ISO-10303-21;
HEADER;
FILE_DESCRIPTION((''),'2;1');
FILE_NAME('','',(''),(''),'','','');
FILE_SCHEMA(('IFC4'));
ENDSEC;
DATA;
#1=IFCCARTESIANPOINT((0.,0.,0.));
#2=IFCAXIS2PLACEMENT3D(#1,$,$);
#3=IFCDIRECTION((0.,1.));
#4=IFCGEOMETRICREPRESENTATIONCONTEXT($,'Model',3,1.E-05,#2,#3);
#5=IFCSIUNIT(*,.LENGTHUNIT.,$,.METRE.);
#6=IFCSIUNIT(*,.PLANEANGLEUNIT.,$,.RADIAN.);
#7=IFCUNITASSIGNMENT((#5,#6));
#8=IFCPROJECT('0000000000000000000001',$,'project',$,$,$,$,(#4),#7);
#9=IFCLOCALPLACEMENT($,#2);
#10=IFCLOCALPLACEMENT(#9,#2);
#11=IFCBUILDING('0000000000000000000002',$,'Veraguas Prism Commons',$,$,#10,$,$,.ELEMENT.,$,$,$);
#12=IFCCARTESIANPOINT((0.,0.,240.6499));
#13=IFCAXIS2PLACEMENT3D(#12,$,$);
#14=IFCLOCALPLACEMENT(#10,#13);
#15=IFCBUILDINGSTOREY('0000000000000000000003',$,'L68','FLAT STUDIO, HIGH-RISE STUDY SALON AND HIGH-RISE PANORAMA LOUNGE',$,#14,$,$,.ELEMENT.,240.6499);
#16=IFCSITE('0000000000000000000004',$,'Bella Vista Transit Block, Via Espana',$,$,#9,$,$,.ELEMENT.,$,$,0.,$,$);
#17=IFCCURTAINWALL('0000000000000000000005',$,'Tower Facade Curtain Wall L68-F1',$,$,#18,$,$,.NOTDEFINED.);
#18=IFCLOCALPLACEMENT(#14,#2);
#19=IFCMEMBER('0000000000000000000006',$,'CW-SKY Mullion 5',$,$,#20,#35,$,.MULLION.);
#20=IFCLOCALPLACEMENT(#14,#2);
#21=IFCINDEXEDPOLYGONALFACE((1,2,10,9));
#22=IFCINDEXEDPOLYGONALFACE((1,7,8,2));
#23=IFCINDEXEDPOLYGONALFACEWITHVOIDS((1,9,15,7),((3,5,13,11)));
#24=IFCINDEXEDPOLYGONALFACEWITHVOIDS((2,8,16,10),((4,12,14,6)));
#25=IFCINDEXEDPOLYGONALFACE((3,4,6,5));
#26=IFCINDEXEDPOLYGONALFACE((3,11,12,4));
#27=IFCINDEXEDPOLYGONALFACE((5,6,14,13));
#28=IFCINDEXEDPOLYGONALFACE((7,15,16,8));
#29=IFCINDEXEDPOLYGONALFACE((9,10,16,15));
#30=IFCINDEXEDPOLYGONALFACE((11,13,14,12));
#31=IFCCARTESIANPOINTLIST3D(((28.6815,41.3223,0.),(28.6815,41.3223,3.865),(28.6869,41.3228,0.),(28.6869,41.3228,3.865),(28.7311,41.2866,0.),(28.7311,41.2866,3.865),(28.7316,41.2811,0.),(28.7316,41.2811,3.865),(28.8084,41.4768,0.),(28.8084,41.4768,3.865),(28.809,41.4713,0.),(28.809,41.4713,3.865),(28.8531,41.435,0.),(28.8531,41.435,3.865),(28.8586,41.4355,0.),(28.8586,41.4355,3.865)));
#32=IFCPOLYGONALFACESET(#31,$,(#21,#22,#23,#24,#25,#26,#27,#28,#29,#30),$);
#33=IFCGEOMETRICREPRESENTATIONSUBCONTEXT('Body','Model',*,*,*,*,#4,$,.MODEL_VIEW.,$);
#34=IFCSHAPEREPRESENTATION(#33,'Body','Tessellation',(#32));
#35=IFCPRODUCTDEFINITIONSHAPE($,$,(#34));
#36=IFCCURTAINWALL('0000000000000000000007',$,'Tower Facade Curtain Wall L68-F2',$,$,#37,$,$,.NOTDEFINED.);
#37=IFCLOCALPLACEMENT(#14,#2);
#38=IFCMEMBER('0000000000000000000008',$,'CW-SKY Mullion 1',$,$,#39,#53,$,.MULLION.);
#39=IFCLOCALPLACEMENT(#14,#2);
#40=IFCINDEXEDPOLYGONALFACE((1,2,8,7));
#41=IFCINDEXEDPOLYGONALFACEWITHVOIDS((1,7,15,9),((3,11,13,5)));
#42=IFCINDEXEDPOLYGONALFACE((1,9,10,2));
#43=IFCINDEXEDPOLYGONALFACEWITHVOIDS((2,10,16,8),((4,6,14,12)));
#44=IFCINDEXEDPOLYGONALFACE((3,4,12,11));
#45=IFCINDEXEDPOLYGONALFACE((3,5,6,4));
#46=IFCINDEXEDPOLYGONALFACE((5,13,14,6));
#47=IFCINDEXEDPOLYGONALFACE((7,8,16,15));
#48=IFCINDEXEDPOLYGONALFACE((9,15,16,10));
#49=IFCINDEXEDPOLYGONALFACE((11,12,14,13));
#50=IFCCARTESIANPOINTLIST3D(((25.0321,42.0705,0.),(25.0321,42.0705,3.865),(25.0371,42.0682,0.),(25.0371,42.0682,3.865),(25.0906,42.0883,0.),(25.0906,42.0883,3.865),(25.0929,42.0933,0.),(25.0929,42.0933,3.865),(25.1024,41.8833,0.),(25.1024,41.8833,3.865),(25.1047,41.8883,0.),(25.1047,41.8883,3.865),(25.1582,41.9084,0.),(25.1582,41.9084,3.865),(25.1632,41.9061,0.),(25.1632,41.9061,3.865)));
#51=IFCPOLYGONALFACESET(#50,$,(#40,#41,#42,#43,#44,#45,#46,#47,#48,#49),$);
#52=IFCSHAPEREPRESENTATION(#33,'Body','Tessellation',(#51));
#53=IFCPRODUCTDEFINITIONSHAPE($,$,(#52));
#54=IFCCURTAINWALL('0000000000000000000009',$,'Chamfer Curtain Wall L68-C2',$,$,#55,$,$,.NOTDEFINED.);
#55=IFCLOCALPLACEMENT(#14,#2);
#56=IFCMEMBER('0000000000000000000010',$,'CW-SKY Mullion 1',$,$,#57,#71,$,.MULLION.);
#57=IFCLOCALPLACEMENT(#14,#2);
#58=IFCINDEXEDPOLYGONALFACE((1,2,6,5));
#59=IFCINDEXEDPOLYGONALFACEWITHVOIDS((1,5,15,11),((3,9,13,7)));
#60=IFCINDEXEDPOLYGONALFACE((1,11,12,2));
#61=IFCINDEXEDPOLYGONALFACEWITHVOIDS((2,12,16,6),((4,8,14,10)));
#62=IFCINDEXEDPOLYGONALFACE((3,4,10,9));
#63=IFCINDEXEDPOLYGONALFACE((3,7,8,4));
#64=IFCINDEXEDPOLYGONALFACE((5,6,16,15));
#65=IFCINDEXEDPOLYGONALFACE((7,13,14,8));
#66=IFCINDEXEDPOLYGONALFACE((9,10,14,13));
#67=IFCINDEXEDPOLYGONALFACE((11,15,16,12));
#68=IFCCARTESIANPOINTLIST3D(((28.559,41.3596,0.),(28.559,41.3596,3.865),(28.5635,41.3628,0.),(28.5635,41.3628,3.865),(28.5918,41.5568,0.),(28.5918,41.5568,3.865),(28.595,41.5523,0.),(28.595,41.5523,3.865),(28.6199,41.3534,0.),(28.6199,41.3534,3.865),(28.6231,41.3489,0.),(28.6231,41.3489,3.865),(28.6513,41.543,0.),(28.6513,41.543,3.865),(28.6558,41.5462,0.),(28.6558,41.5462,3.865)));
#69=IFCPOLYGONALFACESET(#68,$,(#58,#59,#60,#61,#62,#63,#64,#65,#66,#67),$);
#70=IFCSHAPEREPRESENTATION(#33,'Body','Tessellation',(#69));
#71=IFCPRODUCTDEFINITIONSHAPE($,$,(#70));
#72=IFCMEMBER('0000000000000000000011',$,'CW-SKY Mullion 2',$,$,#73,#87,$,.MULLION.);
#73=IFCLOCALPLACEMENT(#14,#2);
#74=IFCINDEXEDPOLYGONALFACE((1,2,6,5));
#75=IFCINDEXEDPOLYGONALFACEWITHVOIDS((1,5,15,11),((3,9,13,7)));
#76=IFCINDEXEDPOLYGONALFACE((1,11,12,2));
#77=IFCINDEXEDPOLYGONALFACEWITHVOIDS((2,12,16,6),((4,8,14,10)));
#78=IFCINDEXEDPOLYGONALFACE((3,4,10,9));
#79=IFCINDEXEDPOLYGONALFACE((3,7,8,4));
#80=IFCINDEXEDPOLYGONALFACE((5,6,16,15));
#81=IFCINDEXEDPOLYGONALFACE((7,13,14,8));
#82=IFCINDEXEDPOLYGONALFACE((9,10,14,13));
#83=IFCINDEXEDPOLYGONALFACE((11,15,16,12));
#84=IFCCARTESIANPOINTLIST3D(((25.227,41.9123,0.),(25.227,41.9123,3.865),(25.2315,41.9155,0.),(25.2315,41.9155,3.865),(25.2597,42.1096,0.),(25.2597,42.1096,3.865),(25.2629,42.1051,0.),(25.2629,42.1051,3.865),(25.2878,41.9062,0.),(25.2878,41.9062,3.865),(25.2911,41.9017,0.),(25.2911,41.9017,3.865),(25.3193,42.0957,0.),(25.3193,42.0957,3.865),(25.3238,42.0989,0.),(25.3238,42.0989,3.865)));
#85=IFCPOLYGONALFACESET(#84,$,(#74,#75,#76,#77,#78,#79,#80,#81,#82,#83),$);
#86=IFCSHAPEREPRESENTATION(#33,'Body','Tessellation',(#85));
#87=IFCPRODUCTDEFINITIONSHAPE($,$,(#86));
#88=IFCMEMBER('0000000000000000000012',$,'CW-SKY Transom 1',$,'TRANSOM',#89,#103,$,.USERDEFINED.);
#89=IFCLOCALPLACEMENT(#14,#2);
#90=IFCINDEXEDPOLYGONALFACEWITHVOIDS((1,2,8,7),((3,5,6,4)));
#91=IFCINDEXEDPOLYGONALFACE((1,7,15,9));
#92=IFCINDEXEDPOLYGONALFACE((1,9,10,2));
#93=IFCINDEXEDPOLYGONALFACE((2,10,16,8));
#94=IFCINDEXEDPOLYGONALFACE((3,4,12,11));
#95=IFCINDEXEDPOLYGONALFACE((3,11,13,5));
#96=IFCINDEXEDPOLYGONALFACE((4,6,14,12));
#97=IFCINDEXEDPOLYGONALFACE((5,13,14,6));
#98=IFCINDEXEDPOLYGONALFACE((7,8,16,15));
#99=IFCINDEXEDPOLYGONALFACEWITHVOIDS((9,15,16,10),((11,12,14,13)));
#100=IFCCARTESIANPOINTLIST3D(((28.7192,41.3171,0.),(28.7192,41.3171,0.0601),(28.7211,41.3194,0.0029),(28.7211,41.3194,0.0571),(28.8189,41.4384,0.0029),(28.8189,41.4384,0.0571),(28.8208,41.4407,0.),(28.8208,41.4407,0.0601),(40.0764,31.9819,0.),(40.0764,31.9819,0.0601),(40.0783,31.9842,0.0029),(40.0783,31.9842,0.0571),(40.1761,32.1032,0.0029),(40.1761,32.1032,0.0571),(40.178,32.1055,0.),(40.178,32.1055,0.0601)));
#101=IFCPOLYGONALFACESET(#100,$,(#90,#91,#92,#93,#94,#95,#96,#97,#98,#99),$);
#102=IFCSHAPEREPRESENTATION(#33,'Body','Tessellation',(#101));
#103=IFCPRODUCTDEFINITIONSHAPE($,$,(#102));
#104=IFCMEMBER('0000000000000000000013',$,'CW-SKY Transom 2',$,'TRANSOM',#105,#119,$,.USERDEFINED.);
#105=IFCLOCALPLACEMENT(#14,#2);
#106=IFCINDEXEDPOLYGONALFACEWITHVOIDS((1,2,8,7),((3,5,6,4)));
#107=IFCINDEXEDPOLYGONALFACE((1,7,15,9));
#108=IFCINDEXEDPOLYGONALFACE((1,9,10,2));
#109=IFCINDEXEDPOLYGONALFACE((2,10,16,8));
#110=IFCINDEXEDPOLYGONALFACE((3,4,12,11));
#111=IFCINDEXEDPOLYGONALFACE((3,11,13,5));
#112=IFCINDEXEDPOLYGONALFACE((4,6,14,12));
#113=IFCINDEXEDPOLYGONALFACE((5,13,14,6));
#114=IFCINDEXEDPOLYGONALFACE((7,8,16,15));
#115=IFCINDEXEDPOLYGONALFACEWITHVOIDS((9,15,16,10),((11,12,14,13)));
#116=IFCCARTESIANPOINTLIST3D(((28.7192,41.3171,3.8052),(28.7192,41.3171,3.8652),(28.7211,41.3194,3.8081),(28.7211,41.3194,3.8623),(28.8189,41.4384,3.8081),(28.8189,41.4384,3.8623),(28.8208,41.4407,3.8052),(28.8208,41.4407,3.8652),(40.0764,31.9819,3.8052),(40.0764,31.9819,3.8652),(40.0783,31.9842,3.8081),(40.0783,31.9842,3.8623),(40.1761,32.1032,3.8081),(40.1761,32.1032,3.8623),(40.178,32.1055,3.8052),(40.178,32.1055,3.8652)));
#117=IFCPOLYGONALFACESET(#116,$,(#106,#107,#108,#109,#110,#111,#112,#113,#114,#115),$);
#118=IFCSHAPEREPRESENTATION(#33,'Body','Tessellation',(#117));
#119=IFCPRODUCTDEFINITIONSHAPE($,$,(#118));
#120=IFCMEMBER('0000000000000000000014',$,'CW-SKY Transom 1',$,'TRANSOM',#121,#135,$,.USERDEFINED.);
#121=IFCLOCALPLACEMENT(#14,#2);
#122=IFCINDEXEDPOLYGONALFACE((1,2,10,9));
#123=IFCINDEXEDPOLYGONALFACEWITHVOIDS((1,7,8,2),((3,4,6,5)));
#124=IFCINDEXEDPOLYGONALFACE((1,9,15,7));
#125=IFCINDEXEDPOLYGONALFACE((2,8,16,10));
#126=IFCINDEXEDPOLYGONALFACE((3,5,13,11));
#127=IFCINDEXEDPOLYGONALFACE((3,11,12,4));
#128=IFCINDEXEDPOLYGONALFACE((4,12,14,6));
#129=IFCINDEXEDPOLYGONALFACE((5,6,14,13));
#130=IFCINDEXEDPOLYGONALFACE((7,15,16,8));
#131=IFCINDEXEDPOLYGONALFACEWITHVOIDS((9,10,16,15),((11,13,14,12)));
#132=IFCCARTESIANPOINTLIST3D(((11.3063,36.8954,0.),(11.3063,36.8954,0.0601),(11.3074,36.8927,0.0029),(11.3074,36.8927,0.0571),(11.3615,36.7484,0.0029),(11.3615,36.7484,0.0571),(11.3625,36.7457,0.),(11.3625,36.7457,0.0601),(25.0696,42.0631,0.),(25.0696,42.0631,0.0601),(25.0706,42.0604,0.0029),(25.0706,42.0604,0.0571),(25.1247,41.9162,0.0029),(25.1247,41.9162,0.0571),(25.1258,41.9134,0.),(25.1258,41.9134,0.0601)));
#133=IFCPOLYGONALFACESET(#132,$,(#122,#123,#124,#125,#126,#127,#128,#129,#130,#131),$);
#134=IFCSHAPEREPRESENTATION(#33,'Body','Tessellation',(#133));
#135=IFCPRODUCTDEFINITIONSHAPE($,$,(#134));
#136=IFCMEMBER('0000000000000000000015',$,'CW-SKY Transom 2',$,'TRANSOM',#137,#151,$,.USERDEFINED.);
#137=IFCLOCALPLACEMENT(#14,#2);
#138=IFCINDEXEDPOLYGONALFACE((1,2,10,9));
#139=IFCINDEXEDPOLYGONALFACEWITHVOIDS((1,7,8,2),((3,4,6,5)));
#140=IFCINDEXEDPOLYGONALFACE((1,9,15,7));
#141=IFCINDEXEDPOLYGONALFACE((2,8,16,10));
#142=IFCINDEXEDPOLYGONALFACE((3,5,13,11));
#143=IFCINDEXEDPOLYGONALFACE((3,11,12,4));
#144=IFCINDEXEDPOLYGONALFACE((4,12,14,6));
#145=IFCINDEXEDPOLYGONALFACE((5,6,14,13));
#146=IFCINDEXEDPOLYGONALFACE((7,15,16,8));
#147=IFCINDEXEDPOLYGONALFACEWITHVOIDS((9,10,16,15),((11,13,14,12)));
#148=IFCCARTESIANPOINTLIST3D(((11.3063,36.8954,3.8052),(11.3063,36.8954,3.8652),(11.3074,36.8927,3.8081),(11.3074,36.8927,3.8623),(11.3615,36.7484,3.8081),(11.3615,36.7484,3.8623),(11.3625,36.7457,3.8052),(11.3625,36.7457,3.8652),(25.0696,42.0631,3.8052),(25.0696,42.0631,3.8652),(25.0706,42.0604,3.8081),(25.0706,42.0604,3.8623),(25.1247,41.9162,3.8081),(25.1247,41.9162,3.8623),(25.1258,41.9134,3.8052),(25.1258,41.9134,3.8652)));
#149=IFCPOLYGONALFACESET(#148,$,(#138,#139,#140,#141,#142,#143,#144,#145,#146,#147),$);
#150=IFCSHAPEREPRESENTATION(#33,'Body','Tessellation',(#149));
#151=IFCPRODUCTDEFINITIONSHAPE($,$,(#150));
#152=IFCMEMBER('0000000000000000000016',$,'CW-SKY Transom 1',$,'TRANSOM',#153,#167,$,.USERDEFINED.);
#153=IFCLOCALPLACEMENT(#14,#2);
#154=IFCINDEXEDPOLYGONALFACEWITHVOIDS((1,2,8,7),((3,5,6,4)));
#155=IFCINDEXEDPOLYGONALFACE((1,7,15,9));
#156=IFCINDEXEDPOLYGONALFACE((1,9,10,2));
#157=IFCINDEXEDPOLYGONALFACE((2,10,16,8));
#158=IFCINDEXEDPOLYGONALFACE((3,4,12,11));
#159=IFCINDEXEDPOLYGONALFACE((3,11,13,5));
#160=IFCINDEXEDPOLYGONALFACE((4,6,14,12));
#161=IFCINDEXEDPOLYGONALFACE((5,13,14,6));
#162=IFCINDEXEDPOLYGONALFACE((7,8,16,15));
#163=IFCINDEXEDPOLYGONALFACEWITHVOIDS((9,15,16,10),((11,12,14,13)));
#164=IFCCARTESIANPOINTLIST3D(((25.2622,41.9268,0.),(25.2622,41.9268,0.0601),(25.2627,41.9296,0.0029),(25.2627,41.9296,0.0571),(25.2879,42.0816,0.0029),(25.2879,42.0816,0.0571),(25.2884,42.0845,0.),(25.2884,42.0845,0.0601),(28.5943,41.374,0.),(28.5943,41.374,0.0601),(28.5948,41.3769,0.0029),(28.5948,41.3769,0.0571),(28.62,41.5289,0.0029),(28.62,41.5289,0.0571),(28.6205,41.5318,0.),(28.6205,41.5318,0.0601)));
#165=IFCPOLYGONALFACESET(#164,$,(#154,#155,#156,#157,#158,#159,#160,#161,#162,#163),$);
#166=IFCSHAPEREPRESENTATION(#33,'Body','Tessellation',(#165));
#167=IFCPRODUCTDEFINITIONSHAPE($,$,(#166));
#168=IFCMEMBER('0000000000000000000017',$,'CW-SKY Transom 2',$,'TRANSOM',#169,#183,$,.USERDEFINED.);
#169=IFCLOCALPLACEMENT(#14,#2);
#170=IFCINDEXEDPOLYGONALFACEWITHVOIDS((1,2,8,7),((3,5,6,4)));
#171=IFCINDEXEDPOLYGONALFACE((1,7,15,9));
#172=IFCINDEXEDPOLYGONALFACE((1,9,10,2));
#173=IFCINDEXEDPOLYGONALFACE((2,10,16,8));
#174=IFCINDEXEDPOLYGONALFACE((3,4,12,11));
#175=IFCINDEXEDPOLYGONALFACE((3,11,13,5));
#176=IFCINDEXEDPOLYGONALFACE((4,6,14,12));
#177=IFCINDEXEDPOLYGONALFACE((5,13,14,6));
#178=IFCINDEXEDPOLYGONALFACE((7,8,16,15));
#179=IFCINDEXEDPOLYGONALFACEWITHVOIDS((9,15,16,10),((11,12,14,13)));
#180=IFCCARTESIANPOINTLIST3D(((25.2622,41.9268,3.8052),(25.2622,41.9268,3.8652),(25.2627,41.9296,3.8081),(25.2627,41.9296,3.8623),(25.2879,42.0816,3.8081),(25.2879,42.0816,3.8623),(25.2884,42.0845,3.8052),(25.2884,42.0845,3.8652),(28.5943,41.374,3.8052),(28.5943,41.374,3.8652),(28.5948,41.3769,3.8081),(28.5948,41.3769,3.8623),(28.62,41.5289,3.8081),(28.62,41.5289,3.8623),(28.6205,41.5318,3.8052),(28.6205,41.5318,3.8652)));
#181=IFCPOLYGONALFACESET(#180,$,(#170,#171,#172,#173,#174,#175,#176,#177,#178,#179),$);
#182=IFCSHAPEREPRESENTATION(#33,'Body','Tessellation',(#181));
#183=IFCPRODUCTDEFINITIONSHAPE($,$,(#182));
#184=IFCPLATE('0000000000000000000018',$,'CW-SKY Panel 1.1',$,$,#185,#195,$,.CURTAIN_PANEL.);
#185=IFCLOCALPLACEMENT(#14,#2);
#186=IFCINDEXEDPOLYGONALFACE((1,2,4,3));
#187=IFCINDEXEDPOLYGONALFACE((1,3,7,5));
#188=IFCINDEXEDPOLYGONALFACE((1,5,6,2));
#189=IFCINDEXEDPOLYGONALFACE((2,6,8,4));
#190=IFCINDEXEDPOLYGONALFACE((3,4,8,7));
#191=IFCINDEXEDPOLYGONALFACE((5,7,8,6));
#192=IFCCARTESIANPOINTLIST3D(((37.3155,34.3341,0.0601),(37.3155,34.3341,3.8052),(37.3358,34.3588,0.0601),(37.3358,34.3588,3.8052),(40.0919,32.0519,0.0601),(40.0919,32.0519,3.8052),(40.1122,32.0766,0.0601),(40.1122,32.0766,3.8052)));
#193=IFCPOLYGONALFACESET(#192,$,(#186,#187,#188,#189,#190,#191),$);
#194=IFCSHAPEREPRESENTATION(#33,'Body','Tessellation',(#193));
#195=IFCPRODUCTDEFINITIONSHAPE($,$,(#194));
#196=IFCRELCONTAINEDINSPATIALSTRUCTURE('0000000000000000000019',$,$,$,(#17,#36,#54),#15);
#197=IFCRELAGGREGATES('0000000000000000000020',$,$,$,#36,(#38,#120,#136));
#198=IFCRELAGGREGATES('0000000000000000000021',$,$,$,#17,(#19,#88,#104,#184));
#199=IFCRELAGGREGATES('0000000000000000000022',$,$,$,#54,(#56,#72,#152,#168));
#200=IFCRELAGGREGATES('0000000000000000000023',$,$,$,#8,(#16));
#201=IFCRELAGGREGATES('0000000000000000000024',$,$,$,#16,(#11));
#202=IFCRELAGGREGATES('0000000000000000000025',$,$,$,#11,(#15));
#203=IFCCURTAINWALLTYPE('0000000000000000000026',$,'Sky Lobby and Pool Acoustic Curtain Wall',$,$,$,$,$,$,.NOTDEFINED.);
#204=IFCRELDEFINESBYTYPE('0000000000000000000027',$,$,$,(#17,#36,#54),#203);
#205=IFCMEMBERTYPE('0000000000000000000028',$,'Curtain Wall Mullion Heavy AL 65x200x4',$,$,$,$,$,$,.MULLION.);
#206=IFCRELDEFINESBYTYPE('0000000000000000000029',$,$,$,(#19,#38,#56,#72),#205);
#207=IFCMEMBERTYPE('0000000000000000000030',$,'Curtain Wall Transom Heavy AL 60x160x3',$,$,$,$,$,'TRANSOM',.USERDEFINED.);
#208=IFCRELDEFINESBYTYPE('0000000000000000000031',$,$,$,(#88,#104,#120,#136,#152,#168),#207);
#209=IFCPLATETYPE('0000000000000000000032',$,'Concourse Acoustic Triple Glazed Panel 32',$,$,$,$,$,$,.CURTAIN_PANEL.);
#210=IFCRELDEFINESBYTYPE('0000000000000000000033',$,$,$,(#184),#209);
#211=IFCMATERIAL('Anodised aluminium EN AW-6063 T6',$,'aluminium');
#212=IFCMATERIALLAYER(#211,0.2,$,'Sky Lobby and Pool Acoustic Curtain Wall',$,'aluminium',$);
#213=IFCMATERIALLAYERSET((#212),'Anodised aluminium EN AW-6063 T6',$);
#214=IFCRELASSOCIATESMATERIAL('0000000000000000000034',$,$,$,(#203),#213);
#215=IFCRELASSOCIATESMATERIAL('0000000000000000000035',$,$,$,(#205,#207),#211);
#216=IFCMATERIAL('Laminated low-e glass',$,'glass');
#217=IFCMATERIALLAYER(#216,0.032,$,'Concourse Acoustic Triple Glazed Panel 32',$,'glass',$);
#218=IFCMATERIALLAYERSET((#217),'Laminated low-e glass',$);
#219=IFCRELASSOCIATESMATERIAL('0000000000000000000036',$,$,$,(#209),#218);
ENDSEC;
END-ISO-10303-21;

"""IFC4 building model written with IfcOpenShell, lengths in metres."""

from ifc_helpers import new_model, si_unit, direction, frame, origin, origin_2d, place, context, subcontext, project, spatial, rectangle, hollow_rectangle, extrude, source, transform, mapped, material, layer, layer_set, material_profile, profile_set, type_object, element, aggregate, save


model = new_model("IFC4")

# Units and contexts
model_context = context("Model", 3, precision=1e-05, world=origin(), true_north=direction((0.0, 1.0)))
body_context = subcontext(model_context, "Body", "Model", "MODEL_VIEW")
ifc_project = project(units=[si_unit("LENGTHUNIT", "METRE"), si_unit("PLANEANGLEUNIT", "RADIAN")], contexts=[model_context])

# Site, building, storey
site_placement = place(None, origin())
site = spatial("IfcSite", under=ifc_project, at=site_placement, Name="Bella Vista Transit Block, Via Espana", CompositionType="ELEMENT", RefElevation=0.0)
building_placement = place(site_placement, origin())
building = spatial("IfcBuilding", under=site, at=building_placement, Name="Veraguas Prism Commons", CompositionType="ELEMENT")
storey_placement = place(building_placement, frame((0.0, 0.0, 240.6499)))
storey = spatial("IfcBuildingStorey", under=building, at=storey_placement, Name="L68", Description="FLAT STUDIO, HIGH-RISE STUDY SALON AND HIGH-RISE PANORAMA LOUNGE", CompositionType="ELEMENT", Elevation=240.6499)

# Curtain wall, member
ifc_material_1 = material(Name="Anodised aluminium EN AW-6063 T6", Category="aluminium")
ifc_layer_1 = layer(ifc_material_1, 0.2, Name="Sky Lobby and Pool Acoustic Curtain Wall", Category="aluminium")
ifc_layer_set_1 = layer_set([ifc_layer_1], Name="Anodised aluminium EN AW-6063 T6")
curtain_wall_type = type_object("IfcCurtainWallType", Name="Sky Lobby and Pool Acoustic Curtain Wall", PredefinedType="NOTDEFINED", material=ifc_layer_set_1)
curtain_wall_1_placement = place(storey_placement, origin())
curtain_wall_1 = element("IfcCurtainWall", 1, at=curtain_wall_1_placement, inside=storey, type_object=curtain_wall_type, Name="Tower Facade Curtain Wall L68-F1", PredefinedType="NOTDEFINED")
ifc_material_profile_1 = material_profile(ifc_material_1, hollow_rectangle(XDim=0.0649, YDim=0.2, WallThickness=0.0039, at=origin_2d()), Name="AL65X200X4")
ifc_profile_set_1 = profile_set([ifc_material_profile_1], Name="Anodised aluminium EN AW-6063 T6")
member_type_1 = type_object("IfcMemberType", Name="Curtain Wall Mullion Heavy AL 65x200x4", PredefinedType="MULLION", material=ifc_profile_set_1)
shared_shape_1 = source(origin(), body_context, "Body", "SweptSolid", [
    extrude(hollow_rectangle(XDim=0.0649, YDim=0.2, WallThickness=0.0039, at=origin_2d()), origin(), (0.0, 0.0, 1.0), 3.865),
])
member_1_placement = place(storey_placement, frame((28.77, 41.3789, 0.0), z_axis=(0.0, 0.0, 1.0), x_axis=(-0.772514, 0.634998, 0.0)))
member_1 = element("IfcMember", 2, at=member_1_placement, type_object=member_type_1, Name="CW-SKY Mullion 5", PredefinedType="MULLION", context=body_context, shape_type="MappedRepresentation", body=[
    mapped(shared_shape_1, transform((0.0, 0.0, 0.0), scale=1.0)),
])

# Curtain wall, member
curtain_wall_2_placement = place(storey_placement, origin())
curtain_wall_2 = element("IfcCurtainWall", 3, at=curtain_wall_2_placement, inside=storey, type_object=curtain_wall_type, Name="Tower Facade Curtain Wall L68-F2", PredefinedType="NOTDEFINED")
member_2_placement = place(storey_placement, frame((25.0977, 41.9883, 0.0), z_axis=(0.0, 0.0, 1.0), x_axis=(-0.936182, -0.351515, 0.0)))
member_2 = element("IfcMember", 4, at=member_2_placement, type_object=member_type_1, Name="CW-SKY Mullion 1", PredefinedType="MULLION", context=body_context, shape_type="MappedRepresentation", body=[
    mapped(shared_shape_1, transform((0.0, 0.0, 0.0), scale=1.0)),
])

# Curtain wall, members
curtain_wall_3_placement = place(storey_placement, origin())
curtain_wall_3 = element("IfcCurtainWall", 5, at=curtain_wall_3_placement, inside=storey, type_object=curtain_wall_type, Name="Chamfer Curtain Wall L68-C2", PredefinedType="NOTDEFINED")
member_3_placement = place(storey_placement, frame((28.6074, 41.4529, 0.0), z_axis=(0.0, 0.0, 1.0), x_axis=(-0.986511, 0.163693, 0.0)))
member_3 = element("IfcMember", 6, at=member_3_placement, type_object=member_type_1, Name="CW-SKY Mullion 1", PredefinedType="MULLION", context=body_context, shape_type="MappedRepresentation", body=[
    mapped(shared_shape_1, transform((0.0, 0.0, 0.0), scale=1.0)),
])
member_4_placement = place(storey_placement, frame((25.2754, 42.0056, 0.0), z_axis=(0.0, 0.0, 1.0), x_axis=(-0.986511, 0.163693, 0.0)))
member_4 = element("IfcMember", 7, at=member_4_placement, type_object=member_type_1, Name="CW-SKY Mullion 2", PredefinedType="MULLION", context=body_context, shape_type="MappedRepresentation", body=[
    mapped(shared_shape_1, transform((0.0, 0.0, 0.0), scale=1.0)),
])

# Members
ifc_material_profile_2 = material_profile(ifc_material_1, hollow_rectangle(XDim=0.0601, YDim=0.1599, WallThickness=0.0029, at=origin_2d()), Name="AL60X160X3")
ifc_profile_set_2 = profile_set([ifc_material_profile_2], Name="Anodised aluminium EN AW-6063 T6")
member_type_2 = type_object("IfcMemberType", Name="Curtain Wall Transom Heavy AL 60x160x3", ElementType="TRANSOM", PredefinedType="USERDEFINED", material=ifc_profile_set_2)
shared_shape_2 = source(origin(), body_context, "Body", "SweptSolid", [
    extrude(hollow_rectangle(XDim=0.0601, YDim=0.1599, WallThickness=0.0029, at=origin_2d()), origin(), (0.0, 0.0, 1.0), 14.7014),
])
member_5_placement = place(storey_placement, frame((40.1272, 32.0437, 0.03), z_axis=(-0.772523, 0.634987, 0.0), x_axis=(0.0, 0.0, 1.0)))
member_5 = element("IfcMember", 8, at=member_5_placement, type_object=member_type_2, Name="CW-SKY Transom 1", ObjectType="TRANSOM", PredefinedType="USERDEFINED", context=body_context, shape_type="MappedRepresentation", body=[
    mapped(shared_shape_2, transform((0.0, 0.0, 0.0), scale=1.0)),
])
member_6_placement = place(storey_placement, frame((40.1272, 32.0437, 3.8352), z_axis=(-0.772523, 0.634987, 0.0), x_axis=(0.0, 0.0, 1.0)))
member_6 = element("IfcMember", 9, at=member_6_placement, type_object=member_type_2, Name="CW-SKY Transom 2", ObjectType="TRANSOM", PredefinedType="USERDEFINED", context=body_context, shape_type="MappedRepresentation", body=[
    mapped(shared_shape_2, transform((0.0, 0.0, 0.0), scale=1.0)),
])
member_7_placement = place(storey_placement, frame((25.0977, 41.9883, 0.03), z_axis=(-0.936183, -0.351513, 0.0), x_axis=(0.0, 0.0, 1.0)))
member_7 = element("IfcMember", 10, at=member_7_placement, type_object=member_type_2, Name="CW-SKY Transom 1", ObjectType="TRANSOM", PredefinedType="USERDEFINED", context=body_context, shape_type="MappedRepresentation", body=[
    mapped(shared_shape_2, transform((0.0, 0.0, 0.0), scale=1.0)),
])
member_8_placement = place(storey_placement, frame((25.0977, 41.9883, 3.8352), z_axis=(-0.936183, -0.351513, 0.0), x_axis=(0.0, 0.0, 1.0)))
member_8 = element("IfcMember", 11, at=member_8_placement, type_object=member_type_2, Name="CW-SKY Transom 2", ObjectType="TRANSOM", PredefinedType="USERDEFINED", context=body_context, shape_type="MappedRepresentation", body=[
    mapped(shared_shape_2, transform((0.0, 0.0, 0.0), scale=1.0)),
])
aggregate(curtain_wall_2, [member_2, member_7, member_8])
shared_shape_3 = source(origin(), body_context, "Body", "SweptSolid", [
    extrude(hollow_rectangle(XDim=0.0601, YDim=0.1599, WallThickness=0.0029, at=origin_2d()), origin(), (0.0, 0.0, 1.0), 3.3777),
])
member_9_placement = place(storey_placement, frame((28.6074, 41.4529, 0.03), z_axis=(-0.986519, 0.163649, 0.0), x_axis=(0.0, 0.0, 1.0)))
member_9 = element("IfcMember", 12, at=member_9_placement, type_object=member_type_2, Name="CW-SKY Transom 1", ObjectType="TRANSOM", PredefinedType="USERDEFINED", context=body_context, shape_type="MappedRepresentation", body=[
    mapped(shared_shape_3, transform((0.0, 0.0, 0.0), scale=1.0)),
])
member_10_placement = place(storey_placement, frame((28.6074, 41.4529, 3.8352), z_axis=(-0.986519, 0.163649, 0.0), x_axis=(0.0, 0.0, 1.0)))
member_10 = element("IfcMember", 13, at=member_10_placement, type_object=member_type_2, Name="CW-SKY Transom 2", ObjectType="TRANSOM", PredefinedType="USERDEFINED", context=body_context, shape_type="MappedRepresentation", body=[
    mapped(shared_shape_3, transform((0.0, 0.0, 0.0), scale=1.0)),
])

# Plate
ifc_material_2 = material(Name="Laminated low-e glass", Category="glass")
ifc_layer_2 = layer(ifc_material_2, 0.032, Name="Concourse Acoustic Triple Glazed Panel 32", Category="glass")
ifc_layer_set_2 = layer_set([ifc_layer_2], Name="Laminated low-e glass")
plate_type = type_object("IfcPlateType", Name="Concourse Acoustic Triple Glazed Panel 32", PredefinedType="CURTAIN_PANEL", material=ifc_layer_set_2)
shared_shape_4 = source(origin(), body_context, "Body", "SweptSolid", [
    extrude(rectangle(XDim=3.594, YDim=0.032, at=origin_2d()), origin(), (0.0, 0.0, 1.0), 3.7451),
])
plate_1_placement = place(storey_placement, frame((38.7139, 33.2053, 0.0601), z_axis=(0.0, 0.0, 1.0), x_axis=(-0.772514, 0.634998, 0.0)))
plate_1 = element("IfcPlate", 14, at=plate_1_placement, type_object=plate_type, Name="CW-SKY Panel 1.1", PredefinedType="CURTAIN_PANEL", context=body_context, shape_type="MappedRepresentation", body=[
    mapped(shared_shape_4, transform((0.0, 0.0, 0.0), scale=1.0)),
])
aggregate(curtain_wall_1, [member_1, member_5, member_6, plate_1])
aggregate(curtain_wall_3, [member_3, member_4, member_9, member_10])

save(model, "model.ifc")
